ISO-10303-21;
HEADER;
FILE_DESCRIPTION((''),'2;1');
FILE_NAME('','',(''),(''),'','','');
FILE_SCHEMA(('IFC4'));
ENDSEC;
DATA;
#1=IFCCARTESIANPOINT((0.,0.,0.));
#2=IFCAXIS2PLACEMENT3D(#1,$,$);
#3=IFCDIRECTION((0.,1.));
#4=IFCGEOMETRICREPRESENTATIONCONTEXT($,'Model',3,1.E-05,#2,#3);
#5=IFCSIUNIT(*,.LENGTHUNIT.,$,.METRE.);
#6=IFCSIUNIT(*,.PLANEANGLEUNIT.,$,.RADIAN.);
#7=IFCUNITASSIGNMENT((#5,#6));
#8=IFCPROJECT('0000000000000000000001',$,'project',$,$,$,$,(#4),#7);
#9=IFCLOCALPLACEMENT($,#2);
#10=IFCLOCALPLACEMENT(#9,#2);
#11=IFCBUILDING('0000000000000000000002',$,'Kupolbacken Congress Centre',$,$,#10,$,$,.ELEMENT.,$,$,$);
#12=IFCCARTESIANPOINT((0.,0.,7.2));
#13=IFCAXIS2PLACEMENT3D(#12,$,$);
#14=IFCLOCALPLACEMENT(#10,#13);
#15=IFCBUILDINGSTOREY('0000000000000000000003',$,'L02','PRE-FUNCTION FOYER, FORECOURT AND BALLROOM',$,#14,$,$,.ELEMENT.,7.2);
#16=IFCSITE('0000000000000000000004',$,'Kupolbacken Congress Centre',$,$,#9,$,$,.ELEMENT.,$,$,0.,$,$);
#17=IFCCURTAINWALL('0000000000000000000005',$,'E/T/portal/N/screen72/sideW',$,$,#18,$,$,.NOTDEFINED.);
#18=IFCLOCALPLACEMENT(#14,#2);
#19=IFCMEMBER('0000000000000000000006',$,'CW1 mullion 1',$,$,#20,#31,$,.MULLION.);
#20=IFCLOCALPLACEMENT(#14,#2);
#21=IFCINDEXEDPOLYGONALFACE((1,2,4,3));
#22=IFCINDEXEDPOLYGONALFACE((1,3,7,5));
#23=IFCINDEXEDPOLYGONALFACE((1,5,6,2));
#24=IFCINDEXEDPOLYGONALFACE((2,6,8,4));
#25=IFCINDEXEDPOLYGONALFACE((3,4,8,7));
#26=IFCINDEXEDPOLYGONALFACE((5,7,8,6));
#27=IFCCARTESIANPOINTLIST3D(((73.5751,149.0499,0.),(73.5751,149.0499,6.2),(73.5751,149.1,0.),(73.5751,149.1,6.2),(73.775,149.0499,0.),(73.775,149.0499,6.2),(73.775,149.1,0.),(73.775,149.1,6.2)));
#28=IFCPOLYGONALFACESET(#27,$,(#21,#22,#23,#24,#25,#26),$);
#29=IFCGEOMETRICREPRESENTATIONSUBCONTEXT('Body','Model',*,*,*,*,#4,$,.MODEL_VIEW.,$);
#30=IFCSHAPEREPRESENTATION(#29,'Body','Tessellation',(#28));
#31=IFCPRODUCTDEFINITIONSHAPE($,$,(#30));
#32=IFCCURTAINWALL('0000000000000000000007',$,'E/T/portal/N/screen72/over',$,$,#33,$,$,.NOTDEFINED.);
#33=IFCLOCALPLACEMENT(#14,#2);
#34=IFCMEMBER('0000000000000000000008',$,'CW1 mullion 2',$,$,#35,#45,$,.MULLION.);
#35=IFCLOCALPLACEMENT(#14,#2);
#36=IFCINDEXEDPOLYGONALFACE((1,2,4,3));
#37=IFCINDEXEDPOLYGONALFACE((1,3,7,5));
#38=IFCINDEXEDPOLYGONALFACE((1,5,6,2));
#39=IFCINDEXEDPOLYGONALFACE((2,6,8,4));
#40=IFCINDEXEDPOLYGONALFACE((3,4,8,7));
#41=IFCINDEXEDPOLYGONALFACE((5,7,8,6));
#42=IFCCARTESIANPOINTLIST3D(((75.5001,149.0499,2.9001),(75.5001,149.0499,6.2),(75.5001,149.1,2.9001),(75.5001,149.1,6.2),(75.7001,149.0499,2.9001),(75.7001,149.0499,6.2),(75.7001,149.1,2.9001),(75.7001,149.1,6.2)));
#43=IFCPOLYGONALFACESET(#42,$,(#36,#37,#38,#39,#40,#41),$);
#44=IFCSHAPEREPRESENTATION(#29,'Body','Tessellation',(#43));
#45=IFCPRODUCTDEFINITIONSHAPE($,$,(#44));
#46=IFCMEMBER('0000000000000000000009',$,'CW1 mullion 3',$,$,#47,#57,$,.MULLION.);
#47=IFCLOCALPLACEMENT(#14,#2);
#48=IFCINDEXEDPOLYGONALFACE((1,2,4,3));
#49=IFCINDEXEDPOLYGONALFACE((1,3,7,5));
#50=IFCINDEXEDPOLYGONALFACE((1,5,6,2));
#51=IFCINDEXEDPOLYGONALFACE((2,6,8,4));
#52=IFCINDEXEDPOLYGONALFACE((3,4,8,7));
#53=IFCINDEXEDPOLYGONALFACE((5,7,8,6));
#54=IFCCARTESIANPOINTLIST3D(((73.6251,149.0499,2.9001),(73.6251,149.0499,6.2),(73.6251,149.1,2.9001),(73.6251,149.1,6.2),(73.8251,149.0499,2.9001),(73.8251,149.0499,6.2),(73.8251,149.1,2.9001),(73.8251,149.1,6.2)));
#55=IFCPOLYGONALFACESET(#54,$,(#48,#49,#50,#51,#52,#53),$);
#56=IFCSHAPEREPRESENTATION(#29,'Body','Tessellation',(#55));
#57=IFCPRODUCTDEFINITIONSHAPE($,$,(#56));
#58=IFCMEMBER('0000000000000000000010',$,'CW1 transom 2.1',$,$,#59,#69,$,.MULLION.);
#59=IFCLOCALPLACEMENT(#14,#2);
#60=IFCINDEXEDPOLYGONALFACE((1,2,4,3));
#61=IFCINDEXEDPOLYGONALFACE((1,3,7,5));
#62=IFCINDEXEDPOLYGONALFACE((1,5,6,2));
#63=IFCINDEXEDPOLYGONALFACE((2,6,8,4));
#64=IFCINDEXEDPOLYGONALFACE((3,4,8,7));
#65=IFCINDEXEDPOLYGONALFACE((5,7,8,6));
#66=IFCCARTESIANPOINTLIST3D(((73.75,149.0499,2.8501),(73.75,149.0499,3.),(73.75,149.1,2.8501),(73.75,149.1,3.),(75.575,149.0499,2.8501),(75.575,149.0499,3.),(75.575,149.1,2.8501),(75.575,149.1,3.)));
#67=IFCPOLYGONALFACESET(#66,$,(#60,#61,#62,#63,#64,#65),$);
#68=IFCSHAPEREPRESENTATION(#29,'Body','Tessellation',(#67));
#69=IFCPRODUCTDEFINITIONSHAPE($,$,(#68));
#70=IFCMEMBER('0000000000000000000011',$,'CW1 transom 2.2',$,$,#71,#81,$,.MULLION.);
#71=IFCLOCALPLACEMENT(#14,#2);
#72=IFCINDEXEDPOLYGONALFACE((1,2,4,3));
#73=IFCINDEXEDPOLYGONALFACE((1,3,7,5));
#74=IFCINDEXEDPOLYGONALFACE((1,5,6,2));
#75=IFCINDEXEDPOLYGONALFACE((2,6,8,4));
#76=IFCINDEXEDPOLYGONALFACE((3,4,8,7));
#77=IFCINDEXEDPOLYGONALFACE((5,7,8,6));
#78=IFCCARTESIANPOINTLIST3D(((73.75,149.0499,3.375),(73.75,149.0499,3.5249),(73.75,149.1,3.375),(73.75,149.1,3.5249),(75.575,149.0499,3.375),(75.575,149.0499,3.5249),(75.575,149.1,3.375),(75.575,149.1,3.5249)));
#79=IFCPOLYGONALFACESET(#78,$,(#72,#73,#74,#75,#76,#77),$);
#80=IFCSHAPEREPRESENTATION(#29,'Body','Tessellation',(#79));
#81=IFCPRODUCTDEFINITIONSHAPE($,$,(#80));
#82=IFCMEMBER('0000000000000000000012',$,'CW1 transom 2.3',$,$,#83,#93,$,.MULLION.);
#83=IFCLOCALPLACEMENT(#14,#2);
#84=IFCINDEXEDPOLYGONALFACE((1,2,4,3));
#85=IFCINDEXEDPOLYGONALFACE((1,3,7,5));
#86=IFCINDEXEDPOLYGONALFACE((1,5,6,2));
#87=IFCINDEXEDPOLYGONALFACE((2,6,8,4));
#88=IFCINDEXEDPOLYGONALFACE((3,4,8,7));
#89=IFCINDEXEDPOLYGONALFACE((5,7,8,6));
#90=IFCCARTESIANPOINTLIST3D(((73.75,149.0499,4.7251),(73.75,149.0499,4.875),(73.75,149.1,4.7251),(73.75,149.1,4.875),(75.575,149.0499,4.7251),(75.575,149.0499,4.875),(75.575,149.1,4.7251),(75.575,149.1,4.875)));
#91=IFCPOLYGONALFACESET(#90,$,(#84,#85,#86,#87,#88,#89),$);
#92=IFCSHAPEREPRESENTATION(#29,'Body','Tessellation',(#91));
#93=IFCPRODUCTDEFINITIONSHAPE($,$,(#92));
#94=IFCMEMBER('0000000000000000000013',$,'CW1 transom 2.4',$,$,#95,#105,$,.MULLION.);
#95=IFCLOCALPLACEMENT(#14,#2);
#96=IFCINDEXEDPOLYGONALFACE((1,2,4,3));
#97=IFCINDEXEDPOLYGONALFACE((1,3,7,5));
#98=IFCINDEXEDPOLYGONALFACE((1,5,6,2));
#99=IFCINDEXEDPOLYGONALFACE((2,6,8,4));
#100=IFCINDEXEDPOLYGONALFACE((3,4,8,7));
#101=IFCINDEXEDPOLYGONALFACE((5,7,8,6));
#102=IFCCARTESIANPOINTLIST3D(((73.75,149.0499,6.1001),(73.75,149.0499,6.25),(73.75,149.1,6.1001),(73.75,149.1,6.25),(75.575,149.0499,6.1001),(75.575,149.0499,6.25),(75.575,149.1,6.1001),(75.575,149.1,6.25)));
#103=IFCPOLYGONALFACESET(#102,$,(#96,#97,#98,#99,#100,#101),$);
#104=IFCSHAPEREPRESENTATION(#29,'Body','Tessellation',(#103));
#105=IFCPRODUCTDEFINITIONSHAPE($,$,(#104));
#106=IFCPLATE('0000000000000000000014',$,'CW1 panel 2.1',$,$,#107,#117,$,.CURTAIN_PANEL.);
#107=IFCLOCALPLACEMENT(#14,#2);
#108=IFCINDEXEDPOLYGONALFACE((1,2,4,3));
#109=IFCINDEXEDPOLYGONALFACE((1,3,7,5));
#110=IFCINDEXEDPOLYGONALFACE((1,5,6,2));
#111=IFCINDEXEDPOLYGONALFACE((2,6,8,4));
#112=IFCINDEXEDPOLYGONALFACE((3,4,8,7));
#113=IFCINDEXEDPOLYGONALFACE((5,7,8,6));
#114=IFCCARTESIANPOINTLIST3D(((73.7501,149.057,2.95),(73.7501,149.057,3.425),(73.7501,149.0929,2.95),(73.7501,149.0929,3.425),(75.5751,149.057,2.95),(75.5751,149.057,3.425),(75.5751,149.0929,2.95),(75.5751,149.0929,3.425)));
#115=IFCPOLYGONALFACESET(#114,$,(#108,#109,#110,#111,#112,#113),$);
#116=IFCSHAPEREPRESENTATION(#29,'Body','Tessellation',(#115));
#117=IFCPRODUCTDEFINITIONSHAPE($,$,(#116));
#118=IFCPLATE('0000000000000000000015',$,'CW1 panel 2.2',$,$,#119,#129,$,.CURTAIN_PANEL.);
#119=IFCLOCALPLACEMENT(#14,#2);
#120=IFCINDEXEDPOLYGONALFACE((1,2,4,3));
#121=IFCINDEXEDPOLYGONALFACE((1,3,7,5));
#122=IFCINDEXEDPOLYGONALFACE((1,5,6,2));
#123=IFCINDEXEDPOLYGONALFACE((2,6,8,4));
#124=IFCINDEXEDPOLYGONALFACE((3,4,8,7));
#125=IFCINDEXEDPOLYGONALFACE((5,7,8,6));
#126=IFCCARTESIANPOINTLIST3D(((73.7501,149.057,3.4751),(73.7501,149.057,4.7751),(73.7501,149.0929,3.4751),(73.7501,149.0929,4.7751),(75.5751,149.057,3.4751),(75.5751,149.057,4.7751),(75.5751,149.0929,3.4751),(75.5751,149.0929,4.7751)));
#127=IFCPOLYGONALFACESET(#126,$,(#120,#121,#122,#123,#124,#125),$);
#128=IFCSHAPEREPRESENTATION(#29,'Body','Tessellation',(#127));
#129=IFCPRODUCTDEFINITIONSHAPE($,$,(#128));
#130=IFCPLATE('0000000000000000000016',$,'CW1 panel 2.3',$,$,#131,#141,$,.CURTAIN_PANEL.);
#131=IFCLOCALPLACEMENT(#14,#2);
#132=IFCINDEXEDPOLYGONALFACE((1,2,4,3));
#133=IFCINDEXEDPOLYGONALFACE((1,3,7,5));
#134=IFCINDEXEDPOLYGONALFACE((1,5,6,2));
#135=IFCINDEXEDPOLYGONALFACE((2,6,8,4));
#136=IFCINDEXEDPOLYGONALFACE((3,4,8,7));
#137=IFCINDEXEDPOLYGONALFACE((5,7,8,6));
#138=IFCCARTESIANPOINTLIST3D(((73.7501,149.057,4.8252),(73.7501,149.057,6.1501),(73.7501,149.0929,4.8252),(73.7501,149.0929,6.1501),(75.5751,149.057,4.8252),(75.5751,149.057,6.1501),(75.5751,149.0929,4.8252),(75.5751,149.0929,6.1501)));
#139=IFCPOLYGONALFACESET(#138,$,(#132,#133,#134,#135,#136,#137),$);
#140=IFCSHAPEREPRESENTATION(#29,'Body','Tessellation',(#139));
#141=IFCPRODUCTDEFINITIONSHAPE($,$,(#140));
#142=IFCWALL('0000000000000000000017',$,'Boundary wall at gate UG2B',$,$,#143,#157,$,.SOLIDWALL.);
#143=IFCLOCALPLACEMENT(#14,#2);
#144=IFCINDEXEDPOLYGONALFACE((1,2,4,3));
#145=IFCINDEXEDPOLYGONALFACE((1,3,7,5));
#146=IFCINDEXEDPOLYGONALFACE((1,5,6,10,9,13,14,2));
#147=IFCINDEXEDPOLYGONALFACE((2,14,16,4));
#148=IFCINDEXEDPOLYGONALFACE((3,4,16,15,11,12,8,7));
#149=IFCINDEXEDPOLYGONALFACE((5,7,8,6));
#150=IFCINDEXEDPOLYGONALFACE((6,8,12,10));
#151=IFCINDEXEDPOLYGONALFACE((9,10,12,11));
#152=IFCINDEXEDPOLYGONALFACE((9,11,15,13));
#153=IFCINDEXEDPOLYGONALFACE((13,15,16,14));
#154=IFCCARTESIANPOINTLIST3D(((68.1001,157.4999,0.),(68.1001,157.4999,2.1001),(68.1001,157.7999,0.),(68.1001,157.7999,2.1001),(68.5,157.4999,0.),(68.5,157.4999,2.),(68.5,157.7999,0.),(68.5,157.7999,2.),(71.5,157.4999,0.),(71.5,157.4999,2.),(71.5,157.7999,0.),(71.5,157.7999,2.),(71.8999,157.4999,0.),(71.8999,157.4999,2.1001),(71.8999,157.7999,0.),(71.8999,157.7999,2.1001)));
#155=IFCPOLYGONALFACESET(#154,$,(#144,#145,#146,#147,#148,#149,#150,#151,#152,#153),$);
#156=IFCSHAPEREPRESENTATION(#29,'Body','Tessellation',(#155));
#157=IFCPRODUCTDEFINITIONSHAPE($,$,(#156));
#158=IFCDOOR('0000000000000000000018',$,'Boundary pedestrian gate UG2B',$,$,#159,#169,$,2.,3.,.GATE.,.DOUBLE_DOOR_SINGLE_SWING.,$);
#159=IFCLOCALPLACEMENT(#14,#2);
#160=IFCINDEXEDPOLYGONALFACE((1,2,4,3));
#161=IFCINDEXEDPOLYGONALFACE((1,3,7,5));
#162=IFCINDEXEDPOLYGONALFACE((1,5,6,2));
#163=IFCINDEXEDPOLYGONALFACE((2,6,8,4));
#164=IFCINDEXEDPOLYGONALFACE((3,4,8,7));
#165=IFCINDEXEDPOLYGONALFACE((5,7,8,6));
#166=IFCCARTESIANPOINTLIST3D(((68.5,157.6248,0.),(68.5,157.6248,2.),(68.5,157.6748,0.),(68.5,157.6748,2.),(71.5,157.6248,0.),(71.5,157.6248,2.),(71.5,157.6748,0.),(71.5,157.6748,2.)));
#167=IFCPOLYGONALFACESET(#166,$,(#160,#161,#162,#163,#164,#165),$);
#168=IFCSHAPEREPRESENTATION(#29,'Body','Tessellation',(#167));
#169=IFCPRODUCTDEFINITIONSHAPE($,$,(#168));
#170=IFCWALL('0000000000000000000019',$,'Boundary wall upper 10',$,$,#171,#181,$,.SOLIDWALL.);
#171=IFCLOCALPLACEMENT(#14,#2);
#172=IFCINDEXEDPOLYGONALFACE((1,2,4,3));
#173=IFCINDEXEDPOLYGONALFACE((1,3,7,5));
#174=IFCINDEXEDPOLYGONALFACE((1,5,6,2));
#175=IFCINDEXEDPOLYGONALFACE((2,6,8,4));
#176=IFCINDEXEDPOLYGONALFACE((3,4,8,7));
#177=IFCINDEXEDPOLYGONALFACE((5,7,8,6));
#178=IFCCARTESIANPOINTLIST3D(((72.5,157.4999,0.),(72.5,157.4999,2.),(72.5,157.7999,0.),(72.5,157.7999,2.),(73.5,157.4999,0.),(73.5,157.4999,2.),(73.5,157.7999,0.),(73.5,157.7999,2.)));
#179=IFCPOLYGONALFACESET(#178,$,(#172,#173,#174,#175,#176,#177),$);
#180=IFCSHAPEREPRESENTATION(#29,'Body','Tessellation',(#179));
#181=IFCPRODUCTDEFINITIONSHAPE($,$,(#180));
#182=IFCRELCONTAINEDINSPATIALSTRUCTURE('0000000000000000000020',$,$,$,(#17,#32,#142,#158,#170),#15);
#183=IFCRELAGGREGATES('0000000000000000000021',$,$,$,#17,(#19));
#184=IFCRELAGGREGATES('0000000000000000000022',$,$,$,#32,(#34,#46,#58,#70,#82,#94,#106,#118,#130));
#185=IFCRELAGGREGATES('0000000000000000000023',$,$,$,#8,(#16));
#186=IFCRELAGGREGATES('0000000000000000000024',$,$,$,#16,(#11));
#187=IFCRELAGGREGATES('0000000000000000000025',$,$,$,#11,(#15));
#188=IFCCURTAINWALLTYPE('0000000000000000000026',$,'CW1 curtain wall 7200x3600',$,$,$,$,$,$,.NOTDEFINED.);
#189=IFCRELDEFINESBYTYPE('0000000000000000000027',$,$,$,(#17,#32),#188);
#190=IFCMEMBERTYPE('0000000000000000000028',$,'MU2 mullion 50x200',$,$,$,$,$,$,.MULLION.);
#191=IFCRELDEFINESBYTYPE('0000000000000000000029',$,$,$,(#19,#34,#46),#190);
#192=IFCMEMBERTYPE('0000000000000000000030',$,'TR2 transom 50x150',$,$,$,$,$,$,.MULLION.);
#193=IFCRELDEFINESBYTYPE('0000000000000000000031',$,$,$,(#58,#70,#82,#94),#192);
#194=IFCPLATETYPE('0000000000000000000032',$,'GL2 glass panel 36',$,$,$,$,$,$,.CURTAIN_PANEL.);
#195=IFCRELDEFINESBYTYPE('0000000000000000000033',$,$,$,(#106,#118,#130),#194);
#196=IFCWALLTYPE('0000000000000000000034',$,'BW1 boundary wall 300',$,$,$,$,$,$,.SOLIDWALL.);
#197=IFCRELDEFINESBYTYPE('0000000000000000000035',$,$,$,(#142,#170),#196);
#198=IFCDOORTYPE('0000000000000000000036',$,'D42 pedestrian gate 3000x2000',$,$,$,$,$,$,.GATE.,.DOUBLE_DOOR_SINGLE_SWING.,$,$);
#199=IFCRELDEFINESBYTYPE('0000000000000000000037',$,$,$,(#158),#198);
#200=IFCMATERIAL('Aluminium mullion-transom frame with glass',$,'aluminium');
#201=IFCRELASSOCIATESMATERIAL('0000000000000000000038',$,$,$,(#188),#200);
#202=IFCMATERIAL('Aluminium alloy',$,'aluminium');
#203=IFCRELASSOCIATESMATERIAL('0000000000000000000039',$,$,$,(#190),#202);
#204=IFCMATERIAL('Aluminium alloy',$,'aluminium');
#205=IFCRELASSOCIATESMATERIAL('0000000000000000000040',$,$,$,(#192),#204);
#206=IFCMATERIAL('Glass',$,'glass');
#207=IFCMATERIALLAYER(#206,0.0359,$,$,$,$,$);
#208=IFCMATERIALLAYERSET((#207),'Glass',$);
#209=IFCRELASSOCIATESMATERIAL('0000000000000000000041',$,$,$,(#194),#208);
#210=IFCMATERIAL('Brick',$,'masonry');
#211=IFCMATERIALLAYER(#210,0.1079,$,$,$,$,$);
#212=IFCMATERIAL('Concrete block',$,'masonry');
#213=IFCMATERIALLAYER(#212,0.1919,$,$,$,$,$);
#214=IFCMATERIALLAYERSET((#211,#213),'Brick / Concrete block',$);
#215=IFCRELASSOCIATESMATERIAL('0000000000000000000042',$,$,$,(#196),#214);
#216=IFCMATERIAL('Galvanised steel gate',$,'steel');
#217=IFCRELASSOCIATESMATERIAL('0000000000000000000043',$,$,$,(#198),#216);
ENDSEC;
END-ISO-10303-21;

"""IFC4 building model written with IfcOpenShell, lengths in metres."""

from ifc_helpers import new_model, si_unit, direction, frame, frame_2d, origin, origin_2d, place, context, subcontext, project, spatial, rectangle, extrude, material, layer, layer_set, material_profile, profile_set, type_object, element, fill, aggregate, save


model = new_model("IFC4")

# Units and contexts
model_context = context("Model", 3, precision=1e-05, world=origin(), true_north=direction((0.0, 1.0)))
body_context = subcontext(model_context, "Body", "Model", "MODEL_VIEW")
ifc_project = project(units=[si_unit("LENGTHUNIT", "METRE"), si_unit("PLANEANGLEUNIT", "RADIAN")], contexts=[model_context])

# Site, building, storey
site_placement = place(None, origin())
site = spatial("IfcSite", under=ifc_project, at=site_placement, Name="Kupolbacken Congress Centre", CompositionType="ELEMENT", RefElevation=0.0)
building_placement = place(site_placement, origin())
building = spatial("IfcBuilding", under=site, at=building_placement, Name="Kupolbacken Congress Centre", CompositionType="ELEMENT")
storey_placement = place(building_placement, frame((0.0, 0.0, 7.2)))
storey = spatial("IfcBuildingStorey", under=building, at=storey_placement, Name="L02", Description="PRE-FUNCTION FOYER, FORECOURT AND BALLROOM", CompositionType="ELEMENT", Elevation=7.2)

# Curtain wall, member
ifc_material_1 = material(Name="Aluminium mullion-transom frame with glass", Category="aluminium")
curtain_wall_type = type_object("IfcCurtainWallType", Name="CW1 curtain wall 7200x3600", PredefinedType="NOTDEFINED", material=ifc_material_1)
curtain_wall_1_placement = place(storey_placement, origin())
curtain_wall_1 = element("IfcCurtainWall", 1, at=curtain_wall_1_placement, inside=storey, type_object=curtain_wall_type, Name="E/T/portal/N/screen72/sideW", PredefinedType="NOTDEFINED")
ifc_material_2 = material(Name="Aluminium alloy", Category="aluminium")
ifc_material_profile_1 = material_profile(ifc_material_2, rectangle(XDim=0.05, YDim=0.2, at=origin_2d()), Name="50 x 200")
ifc_profile_set_1 = profile_set([ifc_material_profile_1], Name="Aluminium alloy")
member_type_1 = type_object("IfcMemberType", Name="MU2 mullion 50x200", PredefinedType="MULLION", material=ifc_profile_set_1)
member_1_placement = place(storey_placement, frame((73.675, 149.075, 0.0), z_axis=(0.0, 0.0, 1.0), x_axis=(0.0, -1.0, 0.0)))
member_1 = element("IfcMember", 2, at=member_1_placement, type_object=member_type_1, Name="CW1 mullion 1", PredefinedType="MULLION", context=body_context, shape_type="SweptSolid", body=[
    extrude(rectangle(XDim=0.05, YDim=0.2, at=origin_2d()), origin(), (0.0, 0.0, 1.0), 6.2),
])
aggregate(curtain_wall_1, [member_1])

# Curtain wall, members, plates
curtain_wall_2_placement = place(storey_placement, origin())
curtain_wall_2 = element("IfcCurtainWall", 3, at=curtain_wall_2_placement, inside=storey, type_object=curtain_wall_type, Name="E/T/portal/N/screen72/over", PredefinedType="NOTDEFINED")
member_2_placement = place(storey_placement, frame((75.6001, 149.075, 2.9001), z_axis=(0.0, 0.0, 1.0), x_axis=(0.0, -1.0, 0.0)))
member_2 = element("IfcMember", 4, at=member_2_placement, type_object=member_type_1, Name="CW1 mullion 2", PredefinedType="MULLION", context=body_context, shape_type="SweptSolid", body=[
    extrude(rectangle(XDim=0.05, YDim=0.2, at=origin_2d()), origin(), (0.0, 0.0, 1.0), 3.2998),
])
member_3_placement = place(storey_placement, frame((73.7251, 149.075, 2.9001), z_axis=(0.0, 0.0, 1.0), x_axis=(0.0, -1.0, 0.0)))
member_3 = element("IfcMember", 5, at=member_3_placement, type_object=member_type_1, Name="CW1 mullion 3", PredefinedType="MULLION", context=body_context, shape_type="SweptSolid", body=[
    extrude(rectangle(XDim=0.05, YDim=0.2, at=origin_2d()), origin(), (0.0, 0.0, 1.0), 3.2998),
])
ifc_material_3 = material(Name="Aluminium alloy", Category="aluminium")
ifc_material_profile_2 = material_profile(ifc_material_3, rectangle(XDim=0.05, YDim=0.1499, at=origin_2d()), Name="50 x 150")
ifc_profile_set_2 = profile_set([ifc_material_profile_2], Name="Aluminium alloy")
member_type_2 = type_object("IfcMemberType", Name="TR2 transom 50x150", PredefinedType="MULLION", material=ifc_profile_set_2)
member_4_placement = place(storey_placement, frame((75.575, 149.075, 2.925), z_axis=(-1.0, 0.0, 0.0), x_axis=(0.0, -1.0, 0.0)))
member_4 = element("IfcMember", 6, at=member_4_placement, type_object=member_type_2, Name="CW1 transom 2.1", PredefinedType="MULLION", context=body_context, shape_type="SweptSolid", body=[
    extrude(rectangle(XDim=0.05, YDim=0.1499, at=origin_2d()), origin(), (0.0, 0.0, 1.0), 1.825),
])
member_5_placement = place(storey_placement, frame((75.575, 149.075, 3.45), z_axis=(-1.0, 0.0, 0.0), x_axis=(0.0, -1.0, 0.0)))
member_5 = element("IfcMember", 7, at=member_5_placement, type_object=member_type_2, Name="CW1 transom 2.2", PredefinedType="MULLION", context=body_context, shape_type="SweptSolid", body=[
    extrude(rectangle(XDim=0.05, YDim=0.1499, at=origin_2d()), origin(), (0.0, 0.0, 1.0), 1.825),
])
member_6_placement = place(storey_placement, frame((75.575, 149.075, 4.8), z_axis=(-1.0, 0.0, 0.0), x_axis=(0.0, -1.0, 0.0)))
member_6 = element("IfcMember", 8, at=member_6_placement, type_object=member_type_2, Name="CW1 transom 2.3", PredefinedType="MULLION", context=body_context, shape_type="SweptSolid", body=[
    extrude(rectangle(XDim=0.05, YDim=0.1499, at=origin_2d()), origin(), (0.0, 0.0, 1.0), 1.825),
])
member_7_placement = place(storey_placement, frame((75.575, 149.075, 6.175), z_axis=(-1.0, 0.0, 0.0), x_axis=(0.0, -1.0, 0.0)))
member_7 = element("IfcMember", 9, at=member_7_placement, type_object=member_type_2, Name="CW1 transom 2.4", PredefinedType="MULLION", context=body_context, shape_type="SweptSolid", body=[
    extrude(rectangle(XDim=0.05, YDim=0.1499, at=origin_2d()), origin(), (0.0, 0.0, 1.0), 1.825),
])
ifc_material_4 = material(Name="Glass", Category="glass")
ifc_layer_1 = layer(ifc_material_4, 0.0359)
ifc_layer_set_1 = layer_set([ifc_layer_1], Name="Glass")
plate_type = type_object("IfcPlateType", Name="GL2 glass panel 36", PredefinedType="CURTAIN_PANEL", material=ifc_layer_set_1)
plate_1_placement = place(storey_placement, frame((74.6626, 149.075, 2.95), z_axis=(0.0, 0.0, 1.0), x_axis=(-1.0, 0.0, 0.0)))
plate_1 = element("IfcPlate", 10, at=plate_1_placement, type_object=plate_type, Name="CW1 panel 2.1", PredefinedType="CURTAIN_PANEL", context=body_context, shape_type="SweptSolid", body=[
    extrude(rectangle(XDim=1.825, YDim=0.0359, at=origin_2d()), origin(), (0.0, 0.0, 1.0), 0.4751),
])
plate_2_placement = place(storey_placement, frame((74.6626, 149.075, 3.4751), z_axis=(0.0, 0.0, 1.0), x_axis=(-1.0, 0.0, 0.0)))
plate_2 = element("IfcPlate", 11, at=plate_2_placement, type_object=plate_type, Name="CW1 panel 2.2", PredefinedType="CURTAIN_PANEL", context=body_context, shape_type="SweptSolid", body=[
    extrude(rectangle(XDim=1.825, YDim=0.0359, at=origin_2d()), origin(), (0.0, 0.0, 1.0), 1.3),
])
plate_3_placement = place(storey_placement, frame((74.6626, 149.075, 4.8252), z_axis=(0.0, 0.0, 1.0), x_axis=(-1.0, 0.0, 0.0)))
plate_3 = element("IfcPlate", 12, at=plate_3_placement, type_object=plate_type, Name="CW1 panel 2.3", PredefinedType="CURTAIN_PANEL", context=body_context, shape_type="SweptSolid", body=[
    extrude(rectangle(XDim=1.825, YDim=0.0359, at=origin_2d()), origin(), (0.0, 0.0, 1.0), 1.325),
])
aggregate(curtain_wall_2, [member_2, member_3, member_4, member_5, member_6, member_7, plate_1, plate_2, plate_3])

# Wall, opening, door
ifc_material_5 = material(Name="Brick", Category="masonry")
ifc_layer_2 = layer(ifc_material_5, 0.1079)
ifc_material_6 = material(Name="Concrete block", Category="masonry")
ifc_layer_3 = layer(ifc_material_6, 0.1919)
ifc_layer_set_2 = layer_set([ifc_layer_2, ifc_layer_3], Name="Brick / Concrete block")
wall_type_1 = type_object("IfcWallType", Name="BW1 boundary wall 300", PredefinedType="SOLIDWALL", material=ifc_layer_set_2)
wall_1_placement = place(storey_placement, frame((68.1001, 157.6499, 0.0), z_axis=(0.0, 0.0, 1.0), x_axis=(1.0, 0.0, 0.0)))
wall_1 = element("IfcWall", 13, at=wall_1_placement, inside=storey, type_object=wall_type_1, Name="Boundary wall at gate UG2B", PredefinedType="SOLIDWALL", context=body_context, shape_type="SweptSolid", body=[
    extrude(rectangle(XDim=3.7998, YDim=0.3, at=frame_2d((1.8999, 0.0))), origin(), (0.0, 0.0, 1.0), 2.1001),
])
opening_1_placement = place(wall_1_placement, frame((0.3999, 0.0, 0.0)))
opening_1 = element("IfcOpeningElement", 14, at=opening_1_placement, cuts=wall_1, PredefinedType="OPENING", context=body_context, shape_type="SweptSolid", body=[
    extrude(rectangle(XDim=3.0, YDim=2.0, at=frame_2d((1.5, 1.0))), frame((0.0, 0.1599, 0.0), z_axis=(0.0, -1.0, 0.0), x_axis=(1.0, 0.0, 0.0)), (0.0, 0.0, 1.0), 0.3201),
])
ifc_material_7 = material(Name="Galvanised steel gate", Category="steel")
door_type_1 = type_object("IfcDoorType", Name="D42 pedestrian gate 3000x2000", OperationType="DOUBLE_DOOR_SINGLE_SWING", PredefinedType="GATE", material=ifc_material_7)
door_1_placement = place(opening_1_placement, origin())
door_1 = element("IfcDoor", 15, at=door_1_placement, inside=storey, type_object=door_type_1, Name="Boundary pedestrian gate UG2B", OperationType="DOUBLE_DOOR_SINGLE_SWING", OverallHeight=2.0, OverallWidth=3.0, PredefinedType="GATE", context=body_context, shape_type="SweptSolid", body=[
    extrude(rectangle(XDim=3.0, YDim=2.0, at=frame_2d((1.5, 1.0))), frame((0.0, 0.0249, 0.0), z_axis=(0.0, -1.0, 0.0), x_axis=(1.0, 0.0, 0.0)), (0.0, 0.0, 1.0), 0.05),
])
fill(opening_1, door_1)

# Wall
wall_2_placement = place(storey_placement, frame((72.5, 157.6499, 0.0), z_axis=(0.0, 0.0, 1.0), x_axis=(1.0, 0.0, 0.0)))
element("IfcWall", 16, at=wall_2_placement, inside=storey, type_object=wall_type_1, Name="Boundary wall upper 10", PredefinedType="SOLIDWALL", context=body_context, shape_type="SweptSolid", body=[
    extrude(rectangle(XDim=1.0, YDim=0.3, at=frame_2d((0.5, 0.0))), origin(), (0.0, 0.0, 1.0), 2.0),
])

save(model, "model.ifc")
